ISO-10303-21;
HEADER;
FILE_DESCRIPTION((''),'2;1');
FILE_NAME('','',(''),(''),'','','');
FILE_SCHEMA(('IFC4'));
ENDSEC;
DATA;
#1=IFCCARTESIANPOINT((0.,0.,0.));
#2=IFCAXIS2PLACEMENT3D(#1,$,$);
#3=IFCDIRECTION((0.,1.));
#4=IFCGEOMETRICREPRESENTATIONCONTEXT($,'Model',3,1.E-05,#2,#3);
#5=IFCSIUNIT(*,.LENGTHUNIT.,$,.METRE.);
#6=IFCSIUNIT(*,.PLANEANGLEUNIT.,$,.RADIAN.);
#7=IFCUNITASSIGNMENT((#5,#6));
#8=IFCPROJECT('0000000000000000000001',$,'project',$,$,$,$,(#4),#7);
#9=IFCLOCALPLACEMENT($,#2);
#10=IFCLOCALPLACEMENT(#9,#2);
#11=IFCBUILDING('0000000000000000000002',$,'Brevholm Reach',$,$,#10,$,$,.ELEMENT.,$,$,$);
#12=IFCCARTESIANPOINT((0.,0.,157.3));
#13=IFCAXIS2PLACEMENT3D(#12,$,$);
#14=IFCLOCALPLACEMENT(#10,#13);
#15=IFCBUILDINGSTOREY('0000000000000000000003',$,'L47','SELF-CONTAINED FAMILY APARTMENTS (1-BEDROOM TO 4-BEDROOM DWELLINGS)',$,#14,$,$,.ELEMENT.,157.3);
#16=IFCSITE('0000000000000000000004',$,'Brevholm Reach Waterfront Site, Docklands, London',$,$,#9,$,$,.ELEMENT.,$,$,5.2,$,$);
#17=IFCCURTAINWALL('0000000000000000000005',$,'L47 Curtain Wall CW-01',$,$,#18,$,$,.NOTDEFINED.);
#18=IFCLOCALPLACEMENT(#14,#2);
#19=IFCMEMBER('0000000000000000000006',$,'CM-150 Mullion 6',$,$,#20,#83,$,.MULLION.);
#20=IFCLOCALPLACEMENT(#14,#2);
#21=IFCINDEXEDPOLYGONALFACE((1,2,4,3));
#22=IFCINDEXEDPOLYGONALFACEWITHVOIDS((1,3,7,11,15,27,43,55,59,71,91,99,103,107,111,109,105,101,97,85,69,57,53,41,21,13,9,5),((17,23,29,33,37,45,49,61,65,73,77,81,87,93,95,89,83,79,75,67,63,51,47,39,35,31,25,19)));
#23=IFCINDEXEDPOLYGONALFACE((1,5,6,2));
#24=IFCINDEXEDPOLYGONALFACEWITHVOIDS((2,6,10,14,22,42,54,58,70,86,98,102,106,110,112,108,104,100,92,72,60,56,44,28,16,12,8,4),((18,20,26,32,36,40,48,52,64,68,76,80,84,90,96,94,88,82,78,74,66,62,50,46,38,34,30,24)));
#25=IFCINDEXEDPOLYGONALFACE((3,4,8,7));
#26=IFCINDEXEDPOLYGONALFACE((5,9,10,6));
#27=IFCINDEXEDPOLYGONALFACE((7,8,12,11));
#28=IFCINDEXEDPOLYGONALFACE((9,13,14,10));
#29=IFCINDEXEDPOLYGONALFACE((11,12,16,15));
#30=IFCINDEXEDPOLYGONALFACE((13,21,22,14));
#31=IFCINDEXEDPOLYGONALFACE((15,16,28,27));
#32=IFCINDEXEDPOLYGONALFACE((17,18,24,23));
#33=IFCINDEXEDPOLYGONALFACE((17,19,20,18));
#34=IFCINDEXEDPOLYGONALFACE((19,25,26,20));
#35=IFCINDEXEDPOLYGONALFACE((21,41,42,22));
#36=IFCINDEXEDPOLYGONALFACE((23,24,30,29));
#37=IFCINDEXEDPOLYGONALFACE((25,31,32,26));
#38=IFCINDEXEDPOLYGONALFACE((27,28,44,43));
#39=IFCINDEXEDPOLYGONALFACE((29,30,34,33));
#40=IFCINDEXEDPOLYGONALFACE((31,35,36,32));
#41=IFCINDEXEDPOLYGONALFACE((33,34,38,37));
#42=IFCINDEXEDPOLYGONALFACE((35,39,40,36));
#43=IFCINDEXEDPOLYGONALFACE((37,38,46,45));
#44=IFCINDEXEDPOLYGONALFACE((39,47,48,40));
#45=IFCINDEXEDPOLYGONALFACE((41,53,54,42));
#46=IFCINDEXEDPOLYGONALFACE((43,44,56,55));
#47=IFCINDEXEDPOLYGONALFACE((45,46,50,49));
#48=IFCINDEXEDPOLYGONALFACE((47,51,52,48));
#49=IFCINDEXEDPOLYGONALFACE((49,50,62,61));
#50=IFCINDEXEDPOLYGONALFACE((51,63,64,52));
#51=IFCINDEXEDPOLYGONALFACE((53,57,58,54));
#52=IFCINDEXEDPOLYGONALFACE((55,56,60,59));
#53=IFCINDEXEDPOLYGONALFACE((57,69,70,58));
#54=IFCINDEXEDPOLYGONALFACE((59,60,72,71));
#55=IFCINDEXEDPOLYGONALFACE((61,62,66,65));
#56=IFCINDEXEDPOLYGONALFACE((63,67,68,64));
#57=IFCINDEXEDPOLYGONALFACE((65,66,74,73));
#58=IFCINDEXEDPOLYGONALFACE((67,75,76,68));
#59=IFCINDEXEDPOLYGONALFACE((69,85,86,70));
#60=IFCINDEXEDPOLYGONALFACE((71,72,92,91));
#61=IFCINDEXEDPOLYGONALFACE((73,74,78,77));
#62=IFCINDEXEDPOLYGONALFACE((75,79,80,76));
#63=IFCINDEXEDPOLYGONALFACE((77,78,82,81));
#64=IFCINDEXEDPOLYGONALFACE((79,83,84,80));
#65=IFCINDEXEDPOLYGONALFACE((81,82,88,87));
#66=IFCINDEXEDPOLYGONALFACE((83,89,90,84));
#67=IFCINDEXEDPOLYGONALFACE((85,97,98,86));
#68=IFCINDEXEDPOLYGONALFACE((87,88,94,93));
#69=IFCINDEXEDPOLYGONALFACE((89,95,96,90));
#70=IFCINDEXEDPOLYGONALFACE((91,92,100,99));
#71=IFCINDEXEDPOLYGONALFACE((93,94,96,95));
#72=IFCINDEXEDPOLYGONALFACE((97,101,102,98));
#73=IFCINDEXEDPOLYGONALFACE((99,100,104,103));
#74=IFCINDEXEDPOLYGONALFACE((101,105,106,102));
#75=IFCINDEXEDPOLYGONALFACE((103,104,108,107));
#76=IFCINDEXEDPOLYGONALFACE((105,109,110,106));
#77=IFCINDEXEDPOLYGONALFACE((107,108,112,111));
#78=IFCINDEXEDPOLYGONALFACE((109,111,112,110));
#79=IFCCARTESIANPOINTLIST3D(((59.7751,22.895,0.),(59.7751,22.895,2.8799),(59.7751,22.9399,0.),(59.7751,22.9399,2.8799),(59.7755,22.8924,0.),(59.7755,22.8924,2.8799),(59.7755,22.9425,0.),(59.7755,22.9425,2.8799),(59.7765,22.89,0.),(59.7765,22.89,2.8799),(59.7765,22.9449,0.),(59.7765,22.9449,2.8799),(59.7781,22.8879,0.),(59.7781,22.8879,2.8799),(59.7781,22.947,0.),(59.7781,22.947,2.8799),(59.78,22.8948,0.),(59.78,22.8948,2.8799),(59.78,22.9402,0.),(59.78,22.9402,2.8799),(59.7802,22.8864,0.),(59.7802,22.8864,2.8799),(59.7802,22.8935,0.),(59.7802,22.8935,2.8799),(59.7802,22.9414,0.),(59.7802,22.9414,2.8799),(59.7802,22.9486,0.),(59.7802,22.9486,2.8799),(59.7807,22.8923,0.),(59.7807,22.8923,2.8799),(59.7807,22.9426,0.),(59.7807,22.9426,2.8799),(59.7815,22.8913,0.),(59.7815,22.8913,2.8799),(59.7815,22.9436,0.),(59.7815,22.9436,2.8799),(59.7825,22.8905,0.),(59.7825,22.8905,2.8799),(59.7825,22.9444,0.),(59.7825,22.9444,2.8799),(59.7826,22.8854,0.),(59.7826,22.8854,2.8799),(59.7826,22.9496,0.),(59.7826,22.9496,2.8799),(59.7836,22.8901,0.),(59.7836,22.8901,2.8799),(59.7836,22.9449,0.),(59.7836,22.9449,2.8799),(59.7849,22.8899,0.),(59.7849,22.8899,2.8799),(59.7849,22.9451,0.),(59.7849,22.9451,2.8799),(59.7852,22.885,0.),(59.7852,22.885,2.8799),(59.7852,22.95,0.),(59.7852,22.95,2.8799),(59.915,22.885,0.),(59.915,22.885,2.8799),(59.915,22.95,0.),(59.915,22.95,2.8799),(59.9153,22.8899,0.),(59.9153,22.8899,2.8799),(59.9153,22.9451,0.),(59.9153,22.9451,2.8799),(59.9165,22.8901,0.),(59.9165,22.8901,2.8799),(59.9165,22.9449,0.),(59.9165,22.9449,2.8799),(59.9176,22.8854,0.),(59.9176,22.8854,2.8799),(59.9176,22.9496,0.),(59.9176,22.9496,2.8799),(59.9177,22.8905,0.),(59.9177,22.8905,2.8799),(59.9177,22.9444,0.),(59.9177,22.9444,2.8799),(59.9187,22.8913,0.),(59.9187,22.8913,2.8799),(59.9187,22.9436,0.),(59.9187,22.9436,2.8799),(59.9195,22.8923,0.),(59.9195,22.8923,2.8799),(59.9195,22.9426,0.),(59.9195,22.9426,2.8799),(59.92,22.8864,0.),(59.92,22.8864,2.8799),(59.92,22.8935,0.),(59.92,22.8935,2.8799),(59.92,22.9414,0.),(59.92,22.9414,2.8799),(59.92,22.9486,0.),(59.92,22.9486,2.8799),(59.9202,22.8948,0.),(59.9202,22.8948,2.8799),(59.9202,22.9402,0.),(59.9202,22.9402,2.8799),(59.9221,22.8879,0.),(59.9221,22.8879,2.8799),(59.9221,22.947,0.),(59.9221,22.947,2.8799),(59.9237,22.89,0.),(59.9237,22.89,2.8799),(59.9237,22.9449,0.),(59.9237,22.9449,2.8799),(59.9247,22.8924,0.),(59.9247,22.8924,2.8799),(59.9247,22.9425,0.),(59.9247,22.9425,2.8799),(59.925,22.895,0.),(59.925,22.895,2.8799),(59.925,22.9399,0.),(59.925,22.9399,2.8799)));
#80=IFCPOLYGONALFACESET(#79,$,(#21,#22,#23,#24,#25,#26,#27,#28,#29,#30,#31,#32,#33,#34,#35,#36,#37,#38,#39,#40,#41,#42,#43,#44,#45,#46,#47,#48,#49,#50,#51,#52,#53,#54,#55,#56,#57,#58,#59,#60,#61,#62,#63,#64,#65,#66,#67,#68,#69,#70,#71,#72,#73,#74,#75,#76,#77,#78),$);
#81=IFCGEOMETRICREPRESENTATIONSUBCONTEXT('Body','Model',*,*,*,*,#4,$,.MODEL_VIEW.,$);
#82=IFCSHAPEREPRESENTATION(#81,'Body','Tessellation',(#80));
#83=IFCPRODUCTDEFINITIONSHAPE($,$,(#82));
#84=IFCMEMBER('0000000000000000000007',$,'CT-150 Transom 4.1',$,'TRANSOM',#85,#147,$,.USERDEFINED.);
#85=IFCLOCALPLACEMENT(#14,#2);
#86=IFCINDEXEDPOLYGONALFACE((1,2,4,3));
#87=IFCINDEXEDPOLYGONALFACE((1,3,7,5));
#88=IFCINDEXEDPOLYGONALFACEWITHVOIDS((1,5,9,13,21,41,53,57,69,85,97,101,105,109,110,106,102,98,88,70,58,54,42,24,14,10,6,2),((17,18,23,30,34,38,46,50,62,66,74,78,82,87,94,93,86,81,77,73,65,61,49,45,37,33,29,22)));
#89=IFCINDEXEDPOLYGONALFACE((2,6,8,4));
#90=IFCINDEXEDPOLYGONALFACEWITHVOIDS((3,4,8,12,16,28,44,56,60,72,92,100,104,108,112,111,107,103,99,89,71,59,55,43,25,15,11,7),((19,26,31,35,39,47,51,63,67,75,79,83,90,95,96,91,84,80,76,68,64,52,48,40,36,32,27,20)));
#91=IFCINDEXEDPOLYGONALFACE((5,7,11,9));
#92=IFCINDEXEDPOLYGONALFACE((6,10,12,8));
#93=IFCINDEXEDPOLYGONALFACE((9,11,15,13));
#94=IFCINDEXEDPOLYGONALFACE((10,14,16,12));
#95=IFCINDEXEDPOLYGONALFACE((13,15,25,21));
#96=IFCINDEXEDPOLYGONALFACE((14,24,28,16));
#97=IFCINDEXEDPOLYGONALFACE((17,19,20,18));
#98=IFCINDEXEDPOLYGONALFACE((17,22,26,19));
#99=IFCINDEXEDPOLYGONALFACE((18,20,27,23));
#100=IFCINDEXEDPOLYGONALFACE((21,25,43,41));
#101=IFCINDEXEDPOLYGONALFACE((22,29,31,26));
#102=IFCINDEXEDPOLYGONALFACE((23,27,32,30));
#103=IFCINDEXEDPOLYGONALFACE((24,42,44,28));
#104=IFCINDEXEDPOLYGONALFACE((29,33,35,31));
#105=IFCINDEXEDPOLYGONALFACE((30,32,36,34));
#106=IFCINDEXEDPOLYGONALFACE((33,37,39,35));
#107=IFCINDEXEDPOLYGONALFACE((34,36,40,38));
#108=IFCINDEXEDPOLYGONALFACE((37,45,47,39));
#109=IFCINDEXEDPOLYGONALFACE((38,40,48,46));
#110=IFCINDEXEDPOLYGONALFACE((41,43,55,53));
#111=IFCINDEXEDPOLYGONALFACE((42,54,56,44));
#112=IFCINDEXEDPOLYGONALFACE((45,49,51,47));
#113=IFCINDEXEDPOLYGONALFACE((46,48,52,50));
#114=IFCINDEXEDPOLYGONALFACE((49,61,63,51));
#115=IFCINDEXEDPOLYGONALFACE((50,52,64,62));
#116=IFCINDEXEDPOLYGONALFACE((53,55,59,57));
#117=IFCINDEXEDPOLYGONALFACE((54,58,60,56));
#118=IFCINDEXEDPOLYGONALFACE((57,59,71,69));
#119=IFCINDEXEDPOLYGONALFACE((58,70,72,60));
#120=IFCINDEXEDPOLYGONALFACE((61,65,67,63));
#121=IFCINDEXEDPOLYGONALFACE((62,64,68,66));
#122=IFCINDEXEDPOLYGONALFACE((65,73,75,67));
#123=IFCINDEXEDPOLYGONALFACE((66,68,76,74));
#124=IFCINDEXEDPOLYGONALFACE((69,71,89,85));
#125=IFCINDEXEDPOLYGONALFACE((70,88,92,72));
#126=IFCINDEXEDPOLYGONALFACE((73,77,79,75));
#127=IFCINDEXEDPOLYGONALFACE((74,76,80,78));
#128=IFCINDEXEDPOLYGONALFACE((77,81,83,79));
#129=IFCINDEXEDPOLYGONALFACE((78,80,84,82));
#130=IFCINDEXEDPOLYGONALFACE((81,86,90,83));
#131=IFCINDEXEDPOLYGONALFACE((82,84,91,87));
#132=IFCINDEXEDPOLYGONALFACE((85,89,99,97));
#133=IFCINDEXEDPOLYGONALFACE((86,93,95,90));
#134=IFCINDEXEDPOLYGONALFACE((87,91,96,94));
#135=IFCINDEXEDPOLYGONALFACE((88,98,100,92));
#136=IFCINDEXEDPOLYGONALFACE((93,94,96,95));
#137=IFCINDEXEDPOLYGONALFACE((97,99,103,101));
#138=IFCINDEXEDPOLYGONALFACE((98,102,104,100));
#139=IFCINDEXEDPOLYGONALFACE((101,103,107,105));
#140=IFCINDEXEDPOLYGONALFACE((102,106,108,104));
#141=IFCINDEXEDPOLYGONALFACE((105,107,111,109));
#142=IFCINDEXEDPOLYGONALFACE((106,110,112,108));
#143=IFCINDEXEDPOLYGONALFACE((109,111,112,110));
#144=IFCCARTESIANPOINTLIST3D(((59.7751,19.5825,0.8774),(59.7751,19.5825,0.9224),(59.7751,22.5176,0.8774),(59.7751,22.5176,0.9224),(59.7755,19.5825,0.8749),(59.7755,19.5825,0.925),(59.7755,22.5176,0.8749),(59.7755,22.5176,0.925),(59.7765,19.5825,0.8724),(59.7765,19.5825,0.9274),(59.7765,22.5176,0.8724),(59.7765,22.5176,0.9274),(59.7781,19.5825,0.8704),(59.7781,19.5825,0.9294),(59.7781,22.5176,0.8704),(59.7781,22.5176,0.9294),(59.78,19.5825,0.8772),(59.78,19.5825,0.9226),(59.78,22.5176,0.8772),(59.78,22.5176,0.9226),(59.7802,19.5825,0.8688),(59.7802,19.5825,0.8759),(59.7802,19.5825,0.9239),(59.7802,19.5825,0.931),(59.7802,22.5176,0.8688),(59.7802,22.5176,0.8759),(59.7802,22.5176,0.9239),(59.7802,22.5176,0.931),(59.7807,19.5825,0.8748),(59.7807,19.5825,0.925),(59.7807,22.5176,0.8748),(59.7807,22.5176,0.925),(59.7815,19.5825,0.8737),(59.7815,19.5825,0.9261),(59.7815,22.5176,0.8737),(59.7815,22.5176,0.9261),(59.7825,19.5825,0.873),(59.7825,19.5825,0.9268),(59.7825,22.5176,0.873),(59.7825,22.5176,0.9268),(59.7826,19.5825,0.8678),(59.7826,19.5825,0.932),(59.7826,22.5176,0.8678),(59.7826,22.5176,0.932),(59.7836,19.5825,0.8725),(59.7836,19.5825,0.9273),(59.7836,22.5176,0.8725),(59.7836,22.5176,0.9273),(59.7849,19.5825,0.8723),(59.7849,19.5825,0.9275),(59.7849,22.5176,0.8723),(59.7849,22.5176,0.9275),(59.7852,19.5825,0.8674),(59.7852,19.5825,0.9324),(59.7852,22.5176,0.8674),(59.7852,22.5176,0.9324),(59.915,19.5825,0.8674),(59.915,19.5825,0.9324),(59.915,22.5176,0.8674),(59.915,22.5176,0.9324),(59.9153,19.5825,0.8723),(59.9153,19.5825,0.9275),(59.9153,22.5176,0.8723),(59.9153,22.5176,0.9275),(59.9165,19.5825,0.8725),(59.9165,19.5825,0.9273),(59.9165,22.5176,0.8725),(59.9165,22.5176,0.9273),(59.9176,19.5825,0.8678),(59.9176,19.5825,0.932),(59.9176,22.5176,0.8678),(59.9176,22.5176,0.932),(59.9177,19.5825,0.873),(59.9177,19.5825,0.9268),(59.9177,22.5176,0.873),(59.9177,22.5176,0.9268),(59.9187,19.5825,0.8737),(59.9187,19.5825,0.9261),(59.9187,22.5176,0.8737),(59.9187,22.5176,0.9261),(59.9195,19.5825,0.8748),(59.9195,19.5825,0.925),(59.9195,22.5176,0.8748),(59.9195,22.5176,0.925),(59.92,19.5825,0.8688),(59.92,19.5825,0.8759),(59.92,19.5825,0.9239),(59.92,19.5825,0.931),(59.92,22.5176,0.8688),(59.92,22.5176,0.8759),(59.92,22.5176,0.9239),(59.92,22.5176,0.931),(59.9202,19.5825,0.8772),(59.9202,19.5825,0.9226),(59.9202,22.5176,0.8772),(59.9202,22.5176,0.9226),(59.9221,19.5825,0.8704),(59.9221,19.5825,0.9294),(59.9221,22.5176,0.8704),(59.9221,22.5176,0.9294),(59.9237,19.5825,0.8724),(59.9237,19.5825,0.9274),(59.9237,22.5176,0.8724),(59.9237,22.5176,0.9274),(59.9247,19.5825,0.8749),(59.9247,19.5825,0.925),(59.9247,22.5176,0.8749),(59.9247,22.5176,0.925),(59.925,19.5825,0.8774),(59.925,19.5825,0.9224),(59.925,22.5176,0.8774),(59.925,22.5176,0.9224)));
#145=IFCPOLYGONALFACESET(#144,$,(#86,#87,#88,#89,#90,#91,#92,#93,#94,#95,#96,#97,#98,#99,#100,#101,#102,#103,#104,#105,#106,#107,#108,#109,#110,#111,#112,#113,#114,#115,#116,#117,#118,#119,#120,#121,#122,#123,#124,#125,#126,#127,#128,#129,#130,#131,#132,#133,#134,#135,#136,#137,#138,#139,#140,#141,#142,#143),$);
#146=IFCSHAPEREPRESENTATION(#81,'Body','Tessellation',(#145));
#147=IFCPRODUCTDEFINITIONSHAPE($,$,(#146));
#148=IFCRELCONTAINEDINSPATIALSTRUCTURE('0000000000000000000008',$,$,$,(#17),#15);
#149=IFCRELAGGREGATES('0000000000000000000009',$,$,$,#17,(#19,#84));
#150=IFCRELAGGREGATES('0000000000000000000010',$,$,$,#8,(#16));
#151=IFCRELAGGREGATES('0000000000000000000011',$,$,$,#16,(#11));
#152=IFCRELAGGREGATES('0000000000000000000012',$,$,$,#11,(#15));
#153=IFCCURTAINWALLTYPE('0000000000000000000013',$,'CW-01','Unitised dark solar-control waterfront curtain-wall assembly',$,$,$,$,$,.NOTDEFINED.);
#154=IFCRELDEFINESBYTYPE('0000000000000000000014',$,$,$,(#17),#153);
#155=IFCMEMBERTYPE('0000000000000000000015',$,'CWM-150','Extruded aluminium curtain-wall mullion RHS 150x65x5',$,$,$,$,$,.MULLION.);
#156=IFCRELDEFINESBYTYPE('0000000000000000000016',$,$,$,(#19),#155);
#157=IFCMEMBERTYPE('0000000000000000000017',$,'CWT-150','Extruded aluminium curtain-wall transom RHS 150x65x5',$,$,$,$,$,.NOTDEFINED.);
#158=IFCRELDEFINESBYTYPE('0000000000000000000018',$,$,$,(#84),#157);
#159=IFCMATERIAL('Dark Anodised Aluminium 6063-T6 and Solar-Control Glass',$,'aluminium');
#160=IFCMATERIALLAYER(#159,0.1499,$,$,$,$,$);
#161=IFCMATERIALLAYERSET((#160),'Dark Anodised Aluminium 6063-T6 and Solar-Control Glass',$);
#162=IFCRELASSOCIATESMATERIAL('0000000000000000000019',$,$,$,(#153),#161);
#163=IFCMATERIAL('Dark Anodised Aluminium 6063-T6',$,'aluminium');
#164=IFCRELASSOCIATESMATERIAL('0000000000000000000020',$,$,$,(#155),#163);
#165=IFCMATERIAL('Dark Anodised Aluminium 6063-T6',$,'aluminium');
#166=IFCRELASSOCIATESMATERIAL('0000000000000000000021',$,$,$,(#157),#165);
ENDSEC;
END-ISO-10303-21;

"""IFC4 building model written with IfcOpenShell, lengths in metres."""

from ifc_helpers import new_model, si_unit, direction, frame, origin, origin_2d, place, context, subcontext, project, spatial, hollow_rectangle, extrude, material, layer, layer_set, material_profile, profile_set, type_object, element, aggregate, save


model = new_model("IFC4")

# Units and contexts
model_context = context("Model", 3, precision=1e-05, world=origin(), true_north=direction((0.0, 1.0)))
body_context = subcontext(model_context, "Body", "Model", "MODEL_VIEW")
ifc_project = project(units=[si_unit("LENGTHUNIT", "METRE"), si_unit("PLANEANGLEUNIT", "RADIAN")], contexts=[model_context])

# Site, building, storey
site_placement = place(None, origin())
site = spatial("IfcSite", under=ifc_project, at=site_placement, Name="Brevholm Reach Waterfront Site, Docklands, London", CompositionType="ELEMENT", RefElevation=5.2)
building_placement = place(site_placement, origin())
building = spatial("IfcBuilding", under=site, at=building_placement, Name="Brevholm Reach", CompositionType="ELEMENT")
storey_placement = place(building_placement, frame((0.0, 0.0, 157.3)))
storey = spatial("IfcBuildingStorey", under=building, at=storey_placement, Name="L47", Description="SELF-CONTAINED FAMILY APARTMENTS (1-BEDROOM TO 4-BEDROOM DWELLINGS)", CompositionType="ELEMENT", Elevation=157.3)

# Curtain wall, members
ifc_material_1 = material(Name="Dark Anodised Aluminium 6063-T6 and Solar-Control Glass", Category="aluminium")
ifc_layer_1 = layer(ifc_material_1, 0.1499)
ifc_layer_set_1 = layer_set([ifc_layer_1], Name="Dark Anodised Aluminium 6063-T6 and Solar-Control Glass")
curtain_wall_type = type_object("IfcCurtainWallType", Name="CW-01", Description="Unitised dark solar-control waterfront curtain-wall assembly", PredefinedType="NOTDEFINED", material=ifc_layer_set_1)
curtain_wall_placement = place(storey_placement, origin())
curtain_wall = element("IfcCurtainWall", 1, at=curtain_wall_placement, inside=storey, type_object=curtain_wall_type, Name="L47 Curtain Wall CW-01", PredefinedType="NOTDEFINED")
ifc_material_2 = material(Name="Dark Anodised Aluminium 6063-T6", Category="aluminium")
ifc_material_profile_1 = material_profile(ifc_material_2, hollow_rectangle(XDim=0.0649, YDim=0.1499, WallThickness=0.0049, InnerFilletRadius=0.0049, OuterFilletRadius=0.01, at=origin_2d()), Name="RHS 150x65x5")
ifc_profile_set_1 = profile_set([ifc_material_profile_1], Name="Dark Anodised Aluminium 6063-T6")
member_type_1 = type_object("IfcMemberType", Name="CWM-150", Description="Extruded aluminium curtain-wall mullion RHS 150x65x5", PredefinedType="MULLION", material=ifc_profile_set_1)
member_1_placement = place(storey_placement, frame((59.8501, 22.9175, 0.0), z_axis=(0.0, 0.0, 1.0), x_axis=(0.0, 1.0, 0.0)))
member_1 = element("IfcMember", 2, at=member_1_placement, type_object=member_type_1, Name="CM-150 Mullion 6", PredefinedType="MULLION", context=body_context, shape_type="SweptSolid", body=[
    extrude(hollow_rectangle(XDim=0.0649, YDim=0.1499, WallThickness=0.0049, InnerFilletRadius=0.0049, OuterFilletRadius=0.01, at=origin_2d()), origin(), (0.0, 0.0, 1.0), 2.8799),
])
ifc_material_3 = material(Name="Dark Anodised Aluminium 6063-T6", Category="aluminium")
ifc_material_profile_2 = material_profile(ifc_material_3, hollow_rectangle(XDim=0.0649, YDim=0.1499, WallThickness=0.0049, InnerFilletRadius=0.0049, OuterFilletRadius=0.01, at=origin_2d()), Name="RHS 150x65x5")
ifc_profile_set_2 = profile_set([ifc_material_profile_2], Name="Dark Anodised Aluminium 6063-T6")
member_type_2 = type_object("IfcMemberType", Name="CWT-150", Description="Extruded aluminium curtain-wall transom RHS 150x65x5", PredefinedType="NOTDEFINED", material=ifc_profile_set_2)
member_2_placement = place(storey_placement, frame((59.8501, 19.5825, 0.8999), z_axis=(0.0, 1.0, 0.0), x_axis=(0.0, 0.0, 1.0)))
member_2 = element("IfcMember", 3, at=member_2_placement, type_object=member_type_2, Name="CT-150 Transom 4.1", ObjectType="TRANSOM", PredefinedType="USERDEFINED", context=body_context, shape_type="SweptSolid", body=[
    extrude(hollow_rectangle(XDim=0.0649, YDim=0.1499, WallThickness=0.0049, InnerFilletRadius=0.0049, OuterFilletRadius=0.01, at=origin_2d()), origin(), (0.0, 0.0, 1.0), 2.9351),
])
aggregate(curtain_wall, [member_1, member_2])

save(model, "model.ifc")
